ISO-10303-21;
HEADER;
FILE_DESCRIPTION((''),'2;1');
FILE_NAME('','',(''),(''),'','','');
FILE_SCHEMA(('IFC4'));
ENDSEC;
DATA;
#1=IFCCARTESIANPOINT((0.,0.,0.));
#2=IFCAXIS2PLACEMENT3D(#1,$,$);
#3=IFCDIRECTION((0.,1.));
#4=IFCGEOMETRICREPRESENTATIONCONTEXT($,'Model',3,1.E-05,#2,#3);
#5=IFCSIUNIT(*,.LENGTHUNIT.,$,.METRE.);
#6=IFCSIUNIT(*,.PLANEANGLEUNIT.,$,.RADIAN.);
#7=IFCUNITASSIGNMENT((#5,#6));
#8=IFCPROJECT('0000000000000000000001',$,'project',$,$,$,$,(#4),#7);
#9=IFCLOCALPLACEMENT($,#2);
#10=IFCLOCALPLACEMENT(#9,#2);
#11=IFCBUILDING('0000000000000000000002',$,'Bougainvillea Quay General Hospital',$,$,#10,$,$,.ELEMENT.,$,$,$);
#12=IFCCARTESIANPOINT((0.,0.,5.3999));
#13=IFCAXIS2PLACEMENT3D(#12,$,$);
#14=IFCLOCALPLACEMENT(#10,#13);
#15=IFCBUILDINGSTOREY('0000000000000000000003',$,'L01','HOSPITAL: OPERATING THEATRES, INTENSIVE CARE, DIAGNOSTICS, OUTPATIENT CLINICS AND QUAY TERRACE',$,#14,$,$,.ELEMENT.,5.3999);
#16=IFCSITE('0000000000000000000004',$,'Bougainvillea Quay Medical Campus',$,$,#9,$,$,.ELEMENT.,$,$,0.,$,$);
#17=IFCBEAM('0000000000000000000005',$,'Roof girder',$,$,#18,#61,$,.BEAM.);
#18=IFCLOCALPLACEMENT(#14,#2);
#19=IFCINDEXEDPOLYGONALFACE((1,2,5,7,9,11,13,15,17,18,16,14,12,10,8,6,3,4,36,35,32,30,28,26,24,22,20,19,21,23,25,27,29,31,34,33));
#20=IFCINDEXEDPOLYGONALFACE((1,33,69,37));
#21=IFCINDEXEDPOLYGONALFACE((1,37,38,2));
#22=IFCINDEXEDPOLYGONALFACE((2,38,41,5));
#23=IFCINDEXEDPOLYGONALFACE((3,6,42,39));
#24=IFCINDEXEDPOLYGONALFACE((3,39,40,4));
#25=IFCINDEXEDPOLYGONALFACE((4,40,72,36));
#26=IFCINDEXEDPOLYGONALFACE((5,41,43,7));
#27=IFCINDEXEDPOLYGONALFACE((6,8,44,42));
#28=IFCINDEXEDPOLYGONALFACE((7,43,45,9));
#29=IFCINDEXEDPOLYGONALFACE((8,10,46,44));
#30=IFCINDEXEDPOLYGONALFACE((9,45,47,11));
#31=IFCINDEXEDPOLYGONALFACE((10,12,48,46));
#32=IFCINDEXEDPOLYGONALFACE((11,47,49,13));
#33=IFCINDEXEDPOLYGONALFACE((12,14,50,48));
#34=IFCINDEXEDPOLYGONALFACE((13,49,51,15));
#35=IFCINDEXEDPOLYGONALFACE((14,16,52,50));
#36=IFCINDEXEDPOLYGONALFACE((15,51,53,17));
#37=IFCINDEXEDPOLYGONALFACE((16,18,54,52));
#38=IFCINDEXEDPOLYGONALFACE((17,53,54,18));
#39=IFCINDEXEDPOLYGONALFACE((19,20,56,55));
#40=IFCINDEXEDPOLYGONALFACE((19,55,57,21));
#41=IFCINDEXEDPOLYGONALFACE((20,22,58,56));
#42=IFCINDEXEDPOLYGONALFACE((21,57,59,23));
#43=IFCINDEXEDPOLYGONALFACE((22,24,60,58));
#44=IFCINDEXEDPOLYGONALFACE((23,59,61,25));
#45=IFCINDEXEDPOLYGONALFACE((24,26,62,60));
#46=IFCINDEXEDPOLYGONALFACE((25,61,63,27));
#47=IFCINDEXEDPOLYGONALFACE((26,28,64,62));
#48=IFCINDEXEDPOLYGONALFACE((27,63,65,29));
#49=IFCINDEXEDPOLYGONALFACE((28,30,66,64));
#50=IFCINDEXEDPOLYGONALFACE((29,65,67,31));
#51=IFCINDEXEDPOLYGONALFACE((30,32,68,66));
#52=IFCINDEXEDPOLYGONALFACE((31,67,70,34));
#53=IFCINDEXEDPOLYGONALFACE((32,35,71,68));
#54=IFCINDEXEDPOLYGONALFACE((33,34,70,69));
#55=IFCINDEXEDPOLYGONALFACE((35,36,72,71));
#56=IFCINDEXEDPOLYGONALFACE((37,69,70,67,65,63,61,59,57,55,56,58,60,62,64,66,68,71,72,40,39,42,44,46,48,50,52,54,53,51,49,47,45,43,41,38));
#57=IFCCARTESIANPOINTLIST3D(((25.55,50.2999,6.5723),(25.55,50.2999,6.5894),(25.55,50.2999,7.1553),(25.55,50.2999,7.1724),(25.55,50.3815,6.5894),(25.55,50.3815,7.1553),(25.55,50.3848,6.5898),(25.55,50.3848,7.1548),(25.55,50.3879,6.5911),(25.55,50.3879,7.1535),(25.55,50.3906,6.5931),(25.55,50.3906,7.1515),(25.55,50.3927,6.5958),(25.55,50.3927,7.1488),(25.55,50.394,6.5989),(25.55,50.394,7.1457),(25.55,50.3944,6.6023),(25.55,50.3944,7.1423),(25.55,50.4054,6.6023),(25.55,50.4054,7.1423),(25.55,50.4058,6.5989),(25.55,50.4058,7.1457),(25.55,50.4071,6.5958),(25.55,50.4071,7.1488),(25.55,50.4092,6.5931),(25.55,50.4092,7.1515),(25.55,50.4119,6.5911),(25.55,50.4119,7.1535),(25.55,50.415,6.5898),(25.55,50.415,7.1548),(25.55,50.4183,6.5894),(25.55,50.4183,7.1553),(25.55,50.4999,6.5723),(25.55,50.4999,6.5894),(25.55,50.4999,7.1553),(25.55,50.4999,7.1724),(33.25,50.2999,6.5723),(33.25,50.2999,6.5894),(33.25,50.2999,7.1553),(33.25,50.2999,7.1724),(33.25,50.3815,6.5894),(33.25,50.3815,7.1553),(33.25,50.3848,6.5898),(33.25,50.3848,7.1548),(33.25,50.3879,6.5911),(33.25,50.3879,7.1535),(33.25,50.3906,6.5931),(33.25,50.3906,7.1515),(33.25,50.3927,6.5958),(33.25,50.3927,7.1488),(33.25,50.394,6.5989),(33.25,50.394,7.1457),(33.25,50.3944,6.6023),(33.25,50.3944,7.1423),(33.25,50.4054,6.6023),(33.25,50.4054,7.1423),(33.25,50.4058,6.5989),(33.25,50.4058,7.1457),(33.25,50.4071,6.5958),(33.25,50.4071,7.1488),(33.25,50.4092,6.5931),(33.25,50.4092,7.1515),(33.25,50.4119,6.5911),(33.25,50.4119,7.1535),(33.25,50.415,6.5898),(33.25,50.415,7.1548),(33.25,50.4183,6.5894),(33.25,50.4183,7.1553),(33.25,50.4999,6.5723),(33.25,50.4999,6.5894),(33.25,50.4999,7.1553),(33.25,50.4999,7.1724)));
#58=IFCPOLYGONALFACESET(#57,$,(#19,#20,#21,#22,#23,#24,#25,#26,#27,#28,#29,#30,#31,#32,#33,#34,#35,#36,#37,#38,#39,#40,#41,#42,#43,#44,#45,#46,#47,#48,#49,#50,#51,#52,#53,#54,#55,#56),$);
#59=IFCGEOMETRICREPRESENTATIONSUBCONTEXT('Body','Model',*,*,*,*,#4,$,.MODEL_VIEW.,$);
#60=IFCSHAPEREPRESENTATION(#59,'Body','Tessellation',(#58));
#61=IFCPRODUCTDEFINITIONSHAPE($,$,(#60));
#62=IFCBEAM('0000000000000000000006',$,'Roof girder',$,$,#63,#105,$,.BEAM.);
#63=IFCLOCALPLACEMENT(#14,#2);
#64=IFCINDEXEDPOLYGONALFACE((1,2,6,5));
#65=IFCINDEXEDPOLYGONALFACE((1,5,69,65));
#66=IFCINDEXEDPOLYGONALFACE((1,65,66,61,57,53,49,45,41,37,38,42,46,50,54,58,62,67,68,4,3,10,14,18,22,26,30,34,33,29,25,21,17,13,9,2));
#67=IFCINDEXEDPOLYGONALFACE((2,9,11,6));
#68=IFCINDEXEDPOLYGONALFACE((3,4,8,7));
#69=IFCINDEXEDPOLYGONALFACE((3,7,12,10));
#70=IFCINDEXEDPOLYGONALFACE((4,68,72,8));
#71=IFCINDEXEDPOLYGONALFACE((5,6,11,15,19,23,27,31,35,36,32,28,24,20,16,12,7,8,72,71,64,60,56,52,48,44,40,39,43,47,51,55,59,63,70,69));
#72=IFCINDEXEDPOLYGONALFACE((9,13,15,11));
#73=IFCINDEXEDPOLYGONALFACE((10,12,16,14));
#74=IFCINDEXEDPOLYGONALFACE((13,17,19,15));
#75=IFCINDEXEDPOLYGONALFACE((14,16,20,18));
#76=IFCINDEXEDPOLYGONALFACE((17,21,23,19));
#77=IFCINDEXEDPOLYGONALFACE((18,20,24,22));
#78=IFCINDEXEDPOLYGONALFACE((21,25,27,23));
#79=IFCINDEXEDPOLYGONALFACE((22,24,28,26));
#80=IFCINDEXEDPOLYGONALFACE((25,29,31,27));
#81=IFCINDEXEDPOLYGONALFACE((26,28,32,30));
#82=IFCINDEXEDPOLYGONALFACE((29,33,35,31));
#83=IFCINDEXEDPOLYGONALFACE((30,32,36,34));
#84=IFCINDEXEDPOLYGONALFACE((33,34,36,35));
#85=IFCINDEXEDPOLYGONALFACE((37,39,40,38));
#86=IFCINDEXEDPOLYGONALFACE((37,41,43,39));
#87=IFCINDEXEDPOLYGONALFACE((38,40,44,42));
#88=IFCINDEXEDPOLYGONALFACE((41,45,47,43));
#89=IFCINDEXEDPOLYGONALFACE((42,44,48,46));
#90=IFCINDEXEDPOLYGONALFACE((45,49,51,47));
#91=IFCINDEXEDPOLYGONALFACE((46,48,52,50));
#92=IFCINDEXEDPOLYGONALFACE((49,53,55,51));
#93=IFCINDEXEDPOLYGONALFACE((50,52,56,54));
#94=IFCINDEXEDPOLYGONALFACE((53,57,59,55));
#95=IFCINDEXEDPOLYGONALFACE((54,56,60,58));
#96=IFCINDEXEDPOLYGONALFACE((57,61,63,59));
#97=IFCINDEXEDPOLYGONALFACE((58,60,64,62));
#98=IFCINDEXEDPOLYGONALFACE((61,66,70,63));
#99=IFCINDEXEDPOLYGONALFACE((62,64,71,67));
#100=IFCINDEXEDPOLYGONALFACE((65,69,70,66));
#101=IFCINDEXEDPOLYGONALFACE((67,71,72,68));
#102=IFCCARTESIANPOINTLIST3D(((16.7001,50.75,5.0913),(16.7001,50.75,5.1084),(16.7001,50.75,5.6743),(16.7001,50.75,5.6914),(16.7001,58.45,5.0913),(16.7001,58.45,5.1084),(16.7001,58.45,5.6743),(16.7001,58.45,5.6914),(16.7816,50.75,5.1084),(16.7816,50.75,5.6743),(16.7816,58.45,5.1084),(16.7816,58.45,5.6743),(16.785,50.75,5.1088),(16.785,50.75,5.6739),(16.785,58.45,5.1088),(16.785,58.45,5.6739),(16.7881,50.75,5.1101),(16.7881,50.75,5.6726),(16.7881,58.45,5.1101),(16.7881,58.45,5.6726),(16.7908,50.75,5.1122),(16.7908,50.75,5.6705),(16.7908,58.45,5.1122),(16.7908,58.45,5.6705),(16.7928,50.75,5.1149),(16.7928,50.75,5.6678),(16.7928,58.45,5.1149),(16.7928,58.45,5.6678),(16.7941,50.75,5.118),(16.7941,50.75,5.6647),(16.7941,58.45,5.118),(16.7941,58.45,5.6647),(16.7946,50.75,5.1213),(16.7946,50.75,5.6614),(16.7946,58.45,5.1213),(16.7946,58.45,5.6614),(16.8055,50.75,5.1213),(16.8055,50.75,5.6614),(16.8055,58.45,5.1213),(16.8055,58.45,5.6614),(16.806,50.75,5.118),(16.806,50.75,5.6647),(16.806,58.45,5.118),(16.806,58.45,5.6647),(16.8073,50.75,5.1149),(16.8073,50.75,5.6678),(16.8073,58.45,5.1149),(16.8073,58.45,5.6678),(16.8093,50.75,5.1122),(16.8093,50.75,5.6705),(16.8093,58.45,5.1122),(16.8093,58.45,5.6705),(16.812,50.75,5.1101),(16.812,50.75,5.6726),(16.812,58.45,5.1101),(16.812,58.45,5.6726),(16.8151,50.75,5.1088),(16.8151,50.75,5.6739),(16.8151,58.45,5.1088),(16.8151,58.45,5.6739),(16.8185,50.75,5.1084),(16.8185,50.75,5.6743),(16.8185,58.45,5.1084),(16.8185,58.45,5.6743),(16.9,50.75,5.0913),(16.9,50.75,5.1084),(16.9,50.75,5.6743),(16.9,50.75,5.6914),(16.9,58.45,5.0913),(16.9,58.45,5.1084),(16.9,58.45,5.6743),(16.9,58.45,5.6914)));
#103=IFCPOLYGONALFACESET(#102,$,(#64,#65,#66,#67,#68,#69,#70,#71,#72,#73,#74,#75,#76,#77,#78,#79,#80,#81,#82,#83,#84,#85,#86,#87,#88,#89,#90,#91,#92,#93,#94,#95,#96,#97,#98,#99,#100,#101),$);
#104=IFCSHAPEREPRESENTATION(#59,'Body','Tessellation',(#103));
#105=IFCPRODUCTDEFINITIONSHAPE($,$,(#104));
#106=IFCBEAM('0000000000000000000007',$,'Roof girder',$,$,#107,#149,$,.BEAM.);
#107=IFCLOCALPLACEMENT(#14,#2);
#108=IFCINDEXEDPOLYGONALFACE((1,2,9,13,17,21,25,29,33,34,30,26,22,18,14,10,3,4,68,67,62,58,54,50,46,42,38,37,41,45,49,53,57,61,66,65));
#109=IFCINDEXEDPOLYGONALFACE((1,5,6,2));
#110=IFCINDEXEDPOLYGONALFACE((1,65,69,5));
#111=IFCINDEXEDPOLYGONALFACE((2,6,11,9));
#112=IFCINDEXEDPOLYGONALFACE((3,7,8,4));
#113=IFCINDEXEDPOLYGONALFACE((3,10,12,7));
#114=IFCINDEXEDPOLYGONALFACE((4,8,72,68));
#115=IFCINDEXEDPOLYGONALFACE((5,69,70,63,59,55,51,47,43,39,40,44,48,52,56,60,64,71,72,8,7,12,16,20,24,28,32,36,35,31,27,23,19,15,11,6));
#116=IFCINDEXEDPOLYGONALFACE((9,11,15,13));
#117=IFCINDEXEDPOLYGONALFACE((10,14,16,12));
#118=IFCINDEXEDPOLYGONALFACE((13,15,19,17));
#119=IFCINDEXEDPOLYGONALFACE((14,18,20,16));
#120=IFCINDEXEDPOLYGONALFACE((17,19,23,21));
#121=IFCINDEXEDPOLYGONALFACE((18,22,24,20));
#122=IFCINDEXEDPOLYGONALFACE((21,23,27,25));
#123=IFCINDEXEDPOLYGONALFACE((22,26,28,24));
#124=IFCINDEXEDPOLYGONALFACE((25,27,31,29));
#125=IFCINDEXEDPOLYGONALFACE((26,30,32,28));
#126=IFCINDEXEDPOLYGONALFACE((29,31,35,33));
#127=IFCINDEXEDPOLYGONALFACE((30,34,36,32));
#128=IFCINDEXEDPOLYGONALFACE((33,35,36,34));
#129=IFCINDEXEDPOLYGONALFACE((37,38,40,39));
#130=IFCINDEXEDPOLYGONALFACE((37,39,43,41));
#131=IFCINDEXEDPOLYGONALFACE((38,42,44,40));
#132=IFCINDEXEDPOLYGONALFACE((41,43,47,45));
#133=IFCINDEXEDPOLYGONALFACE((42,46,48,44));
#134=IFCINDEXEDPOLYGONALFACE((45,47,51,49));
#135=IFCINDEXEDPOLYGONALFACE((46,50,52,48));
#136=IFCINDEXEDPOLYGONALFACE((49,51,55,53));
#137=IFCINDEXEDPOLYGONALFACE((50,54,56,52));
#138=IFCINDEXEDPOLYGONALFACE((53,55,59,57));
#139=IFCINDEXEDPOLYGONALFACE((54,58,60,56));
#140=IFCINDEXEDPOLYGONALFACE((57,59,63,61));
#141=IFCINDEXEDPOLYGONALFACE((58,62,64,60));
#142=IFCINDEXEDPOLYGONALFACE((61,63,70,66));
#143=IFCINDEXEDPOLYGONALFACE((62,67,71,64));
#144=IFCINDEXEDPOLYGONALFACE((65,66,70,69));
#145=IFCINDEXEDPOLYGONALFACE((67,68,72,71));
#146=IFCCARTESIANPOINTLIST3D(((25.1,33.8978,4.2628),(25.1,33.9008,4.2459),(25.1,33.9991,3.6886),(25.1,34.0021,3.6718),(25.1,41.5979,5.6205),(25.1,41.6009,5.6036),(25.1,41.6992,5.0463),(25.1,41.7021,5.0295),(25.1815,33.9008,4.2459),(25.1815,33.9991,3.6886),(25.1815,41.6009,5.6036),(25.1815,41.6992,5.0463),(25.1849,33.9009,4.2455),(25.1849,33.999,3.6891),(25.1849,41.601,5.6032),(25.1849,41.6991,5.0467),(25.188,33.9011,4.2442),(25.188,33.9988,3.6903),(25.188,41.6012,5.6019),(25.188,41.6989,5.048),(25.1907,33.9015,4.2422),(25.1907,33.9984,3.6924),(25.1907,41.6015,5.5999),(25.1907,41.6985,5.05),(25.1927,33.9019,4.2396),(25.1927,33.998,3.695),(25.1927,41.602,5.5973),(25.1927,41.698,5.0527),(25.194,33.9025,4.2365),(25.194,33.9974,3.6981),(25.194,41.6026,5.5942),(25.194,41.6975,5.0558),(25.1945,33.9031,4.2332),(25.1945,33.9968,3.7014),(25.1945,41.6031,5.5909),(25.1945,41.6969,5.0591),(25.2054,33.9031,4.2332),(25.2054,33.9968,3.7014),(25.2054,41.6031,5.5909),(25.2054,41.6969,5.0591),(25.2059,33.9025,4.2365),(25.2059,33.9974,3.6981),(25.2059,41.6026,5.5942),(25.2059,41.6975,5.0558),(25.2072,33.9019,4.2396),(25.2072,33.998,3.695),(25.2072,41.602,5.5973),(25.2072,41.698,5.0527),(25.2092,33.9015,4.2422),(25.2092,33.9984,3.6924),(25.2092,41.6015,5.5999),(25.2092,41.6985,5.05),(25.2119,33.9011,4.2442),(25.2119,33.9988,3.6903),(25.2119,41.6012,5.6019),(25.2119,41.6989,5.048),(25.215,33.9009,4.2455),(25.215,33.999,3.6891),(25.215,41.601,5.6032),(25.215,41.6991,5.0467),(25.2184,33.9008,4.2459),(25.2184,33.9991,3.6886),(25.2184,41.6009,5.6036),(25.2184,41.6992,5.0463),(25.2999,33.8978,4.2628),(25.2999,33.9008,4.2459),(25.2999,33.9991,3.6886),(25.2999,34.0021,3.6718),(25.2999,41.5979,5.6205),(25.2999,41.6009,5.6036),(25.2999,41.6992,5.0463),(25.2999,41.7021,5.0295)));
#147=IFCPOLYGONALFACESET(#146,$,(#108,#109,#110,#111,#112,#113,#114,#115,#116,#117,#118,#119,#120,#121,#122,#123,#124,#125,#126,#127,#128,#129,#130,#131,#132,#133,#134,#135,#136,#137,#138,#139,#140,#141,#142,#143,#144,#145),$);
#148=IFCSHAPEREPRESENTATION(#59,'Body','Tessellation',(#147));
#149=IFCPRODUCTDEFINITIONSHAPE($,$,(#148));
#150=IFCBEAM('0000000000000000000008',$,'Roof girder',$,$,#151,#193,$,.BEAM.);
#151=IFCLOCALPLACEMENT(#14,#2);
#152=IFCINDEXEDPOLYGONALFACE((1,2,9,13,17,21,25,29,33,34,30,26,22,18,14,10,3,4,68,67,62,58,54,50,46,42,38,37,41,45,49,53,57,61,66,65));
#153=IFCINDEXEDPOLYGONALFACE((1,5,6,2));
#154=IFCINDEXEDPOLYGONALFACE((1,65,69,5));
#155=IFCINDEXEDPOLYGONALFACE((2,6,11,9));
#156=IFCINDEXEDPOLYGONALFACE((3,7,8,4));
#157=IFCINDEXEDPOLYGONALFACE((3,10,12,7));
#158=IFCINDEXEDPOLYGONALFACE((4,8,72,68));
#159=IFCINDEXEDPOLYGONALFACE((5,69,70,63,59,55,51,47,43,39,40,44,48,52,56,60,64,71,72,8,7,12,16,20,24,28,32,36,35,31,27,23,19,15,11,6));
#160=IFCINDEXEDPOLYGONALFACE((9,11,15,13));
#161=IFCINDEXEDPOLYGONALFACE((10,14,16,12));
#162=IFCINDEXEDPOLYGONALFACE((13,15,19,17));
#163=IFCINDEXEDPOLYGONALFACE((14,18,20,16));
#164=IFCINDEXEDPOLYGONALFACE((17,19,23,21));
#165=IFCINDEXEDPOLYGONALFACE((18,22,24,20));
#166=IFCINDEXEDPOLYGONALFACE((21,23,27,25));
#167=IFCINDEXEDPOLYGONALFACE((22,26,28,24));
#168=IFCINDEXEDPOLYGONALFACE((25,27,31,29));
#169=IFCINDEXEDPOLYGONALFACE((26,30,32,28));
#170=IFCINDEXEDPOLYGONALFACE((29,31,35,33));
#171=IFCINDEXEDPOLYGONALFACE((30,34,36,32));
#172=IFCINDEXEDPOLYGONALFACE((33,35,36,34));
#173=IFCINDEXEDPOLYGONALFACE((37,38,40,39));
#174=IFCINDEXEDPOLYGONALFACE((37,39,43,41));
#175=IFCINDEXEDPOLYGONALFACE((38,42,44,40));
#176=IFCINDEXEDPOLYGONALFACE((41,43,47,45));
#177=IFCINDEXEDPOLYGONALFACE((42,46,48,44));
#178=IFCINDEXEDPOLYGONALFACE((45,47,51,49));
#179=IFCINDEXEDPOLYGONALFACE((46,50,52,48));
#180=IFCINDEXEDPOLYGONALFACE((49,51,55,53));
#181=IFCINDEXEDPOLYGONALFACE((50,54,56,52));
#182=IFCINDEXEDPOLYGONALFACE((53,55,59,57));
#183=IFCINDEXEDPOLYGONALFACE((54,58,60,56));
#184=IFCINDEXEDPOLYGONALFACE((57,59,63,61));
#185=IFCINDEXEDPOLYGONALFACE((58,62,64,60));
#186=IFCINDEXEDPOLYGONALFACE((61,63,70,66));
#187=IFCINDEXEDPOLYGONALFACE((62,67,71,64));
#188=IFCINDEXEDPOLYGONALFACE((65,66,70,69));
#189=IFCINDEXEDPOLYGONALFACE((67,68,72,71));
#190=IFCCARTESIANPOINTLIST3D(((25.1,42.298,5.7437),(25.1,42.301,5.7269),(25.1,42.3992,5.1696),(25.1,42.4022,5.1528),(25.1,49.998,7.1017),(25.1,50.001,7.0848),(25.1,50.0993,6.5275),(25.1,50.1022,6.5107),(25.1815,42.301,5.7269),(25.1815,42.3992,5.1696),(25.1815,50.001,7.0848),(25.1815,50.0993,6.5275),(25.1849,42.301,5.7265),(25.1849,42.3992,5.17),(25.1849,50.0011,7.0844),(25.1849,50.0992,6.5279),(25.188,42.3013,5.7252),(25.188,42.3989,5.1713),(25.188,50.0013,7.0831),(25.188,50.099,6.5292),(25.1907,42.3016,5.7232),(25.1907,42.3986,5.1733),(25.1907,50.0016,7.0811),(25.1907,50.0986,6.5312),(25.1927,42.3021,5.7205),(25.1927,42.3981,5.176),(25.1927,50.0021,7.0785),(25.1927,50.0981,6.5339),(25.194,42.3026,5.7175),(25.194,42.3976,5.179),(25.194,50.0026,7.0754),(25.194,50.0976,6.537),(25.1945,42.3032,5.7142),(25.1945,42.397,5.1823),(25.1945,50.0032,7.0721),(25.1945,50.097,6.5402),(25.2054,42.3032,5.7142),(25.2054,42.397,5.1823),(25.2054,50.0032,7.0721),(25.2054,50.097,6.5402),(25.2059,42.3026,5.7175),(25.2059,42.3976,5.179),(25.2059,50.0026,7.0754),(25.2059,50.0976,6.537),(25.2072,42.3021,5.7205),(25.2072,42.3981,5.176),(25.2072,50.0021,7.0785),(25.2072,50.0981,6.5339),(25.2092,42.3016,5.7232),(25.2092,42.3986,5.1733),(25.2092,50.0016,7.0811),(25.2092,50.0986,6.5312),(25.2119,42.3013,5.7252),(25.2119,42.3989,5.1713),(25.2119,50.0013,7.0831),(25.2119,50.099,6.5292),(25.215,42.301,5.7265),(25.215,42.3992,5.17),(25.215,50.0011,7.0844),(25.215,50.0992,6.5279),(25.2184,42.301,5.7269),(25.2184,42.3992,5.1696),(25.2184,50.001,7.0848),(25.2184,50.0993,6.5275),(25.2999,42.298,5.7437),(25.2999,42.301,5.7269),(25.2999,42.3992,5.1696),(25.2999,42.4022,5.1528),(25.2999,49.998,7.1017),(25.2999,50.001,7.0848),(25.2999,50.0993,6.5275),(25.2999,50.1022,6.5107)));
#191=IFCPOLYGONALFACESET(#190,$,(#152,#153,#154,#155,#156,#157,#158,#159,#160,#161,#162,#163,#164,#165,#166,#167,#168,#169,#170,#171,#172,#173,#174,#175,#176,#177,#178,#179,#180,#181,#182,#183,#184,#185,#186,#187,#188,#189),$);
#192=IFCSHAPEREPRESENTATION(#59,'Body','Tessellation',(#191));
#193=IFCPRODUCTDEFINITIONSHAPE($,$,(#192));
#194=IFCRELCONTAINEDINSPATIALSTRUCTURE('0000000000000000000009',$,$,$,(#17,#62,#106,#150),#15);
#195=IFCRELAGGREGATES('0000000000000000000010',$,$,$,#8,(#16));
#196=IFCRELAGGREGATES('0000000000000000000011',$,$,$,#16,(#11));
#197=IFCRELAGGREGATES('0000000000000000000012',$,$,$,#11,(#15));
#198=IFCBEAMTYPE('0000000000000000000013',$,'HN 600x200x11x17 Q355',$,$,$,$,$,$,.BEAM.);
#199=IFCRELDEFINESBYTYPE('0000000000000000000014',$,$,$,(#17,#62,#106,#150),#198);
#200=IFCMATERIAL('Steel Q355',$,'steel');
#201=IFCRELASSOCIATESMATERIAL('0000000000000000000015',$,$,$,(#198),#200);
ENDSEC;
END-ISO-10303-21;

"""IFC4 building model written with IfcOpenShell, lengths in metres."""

from ifc_helpers import new_model, si_unit, direction, frame, origin, origin_2d, place, context, subcontext, project, spatial, i_section, extrude, material, material_profile, profile_set, type_object, element, save


model = new_model("IFC4")

# Units and contexts
model_context = context("Model", 3, precision=1e-05, world=origin(), true_north=direction((0.0, 1.0)))
body_context = subcontext(model_context, "Body", "Model", "MODEL_VIEW")
ifc_project = project(units=[si_unit("LENGTHUNIT", "METRE"), si_unit("PLANEANGLEUNIT", "RADIAN")], contexts=[model_context])

# Site, building, storey
site_placement = place(None, origin())
site = spatial("IfcSite", under=ifc_project, at=site_placement, Name="Bougainvillea Quay Medical Campus", CompositionType="ELEMENT", RefElevation=0.0)
building_placement = place(site_placement, origin())
building = spatial("IfcBuilding", under=site, at=building_placement, Name="Bougainvillea Quay General Hospital", CompositionType="ELEMENT")
storey_placement = place(building_placement, frame((0.0, 0.0, 5.3999)))
storey = spatial("IfcBuildingStorey", under=building, at=storey_placement, Name="L01", Description="HOSPITAL: OPERATING THEATRES, INTENSIVE CARE, DIAGNOSTICS, OUTPATIENT CLINICS AND QUAY TERRACE", CompositionType="ELEMENT", Elevation=5.3999)

# Beams
ifc_material_1 = material(Name="Steel Q355", Category="steel")
ifc_material_profile_1 = material_profile(ifc_material_1, i_section(OverallWidth=0.2, OverallDepth=0.6001, WebThickness=0.011, FlangeThickness=0.0171, FilletRadius=0.0129, at=origin_2d()))
ifc_profile_set_1 = profile_set([ifc_material_profile_1], Name="Steel Q355")
beam_type = type_object("IfcBeamType", Name="HN 600x200x11x17 Q355", PredefinedType="BEAM", material=ifc_profile_set_1)
for number, where, z_axis, x_axis, name in (
    (1, (25.55, 50.3999, 6.8723), (1.0, 0.0, 0.0), (0.0, 1.0, 0.0), "Roof girder"),
    (2, (16.8, 50.75, 5.3914), (0.0, 1.0, 0.0), (-1.0, 0.0, 0.0), "Roof girder"),
):
    element("IfcBeam", number, at=place(storey_placement, frame(where, z_axis=z_axis, x_axis=x_axis)), inside=storey, type_object=beam_type, Name=name, PredefinedType="BEAM", context=body_context, shape_type="SweptSolid", body=[
        extrude(i_section(OverallWidth=0.2, OverallDepth=0.6001, WebThickness=0.011, FlangeThickness=0.0171, FilletRadius=0.0129, at=origin_2d()), origin(), (0.0, 0.0, 1.0), 7.7),
    ])
for number, where, z_axis, x_axis, name in (
    (3, (25.2, 33.95, 3.9673), (0.0, 0.984809, 0.173643), (-1.0, 0.0, 0.0), "Roof girder"),
    (4, (25.2, 42.3501, 5.4482), (0.0, 0.984803, 0.173673), (-1.0, 0.0, 0.0), "Roof girder"),
):
    element("IfcBeam", number, at=place(storey_placement, frame(where, z_axis=z_axis, x_axis=x_axis)), inside=storey, type_object=beam_type, Name=name, PredefinedType="BEAM", context=body_context, shape_type="SweptSolid", body=[
        extrude(i_section(OverallWidth=0.2, OverallDepth=0.6001, WebThickness=0.011, FlangeThickness=0.0171, FilletRadius=0.0129, at=origin_2d()), origin(), (0.0, 0.0, 1.0), 7.8188),
    ])

save(model, "model.ifc")
